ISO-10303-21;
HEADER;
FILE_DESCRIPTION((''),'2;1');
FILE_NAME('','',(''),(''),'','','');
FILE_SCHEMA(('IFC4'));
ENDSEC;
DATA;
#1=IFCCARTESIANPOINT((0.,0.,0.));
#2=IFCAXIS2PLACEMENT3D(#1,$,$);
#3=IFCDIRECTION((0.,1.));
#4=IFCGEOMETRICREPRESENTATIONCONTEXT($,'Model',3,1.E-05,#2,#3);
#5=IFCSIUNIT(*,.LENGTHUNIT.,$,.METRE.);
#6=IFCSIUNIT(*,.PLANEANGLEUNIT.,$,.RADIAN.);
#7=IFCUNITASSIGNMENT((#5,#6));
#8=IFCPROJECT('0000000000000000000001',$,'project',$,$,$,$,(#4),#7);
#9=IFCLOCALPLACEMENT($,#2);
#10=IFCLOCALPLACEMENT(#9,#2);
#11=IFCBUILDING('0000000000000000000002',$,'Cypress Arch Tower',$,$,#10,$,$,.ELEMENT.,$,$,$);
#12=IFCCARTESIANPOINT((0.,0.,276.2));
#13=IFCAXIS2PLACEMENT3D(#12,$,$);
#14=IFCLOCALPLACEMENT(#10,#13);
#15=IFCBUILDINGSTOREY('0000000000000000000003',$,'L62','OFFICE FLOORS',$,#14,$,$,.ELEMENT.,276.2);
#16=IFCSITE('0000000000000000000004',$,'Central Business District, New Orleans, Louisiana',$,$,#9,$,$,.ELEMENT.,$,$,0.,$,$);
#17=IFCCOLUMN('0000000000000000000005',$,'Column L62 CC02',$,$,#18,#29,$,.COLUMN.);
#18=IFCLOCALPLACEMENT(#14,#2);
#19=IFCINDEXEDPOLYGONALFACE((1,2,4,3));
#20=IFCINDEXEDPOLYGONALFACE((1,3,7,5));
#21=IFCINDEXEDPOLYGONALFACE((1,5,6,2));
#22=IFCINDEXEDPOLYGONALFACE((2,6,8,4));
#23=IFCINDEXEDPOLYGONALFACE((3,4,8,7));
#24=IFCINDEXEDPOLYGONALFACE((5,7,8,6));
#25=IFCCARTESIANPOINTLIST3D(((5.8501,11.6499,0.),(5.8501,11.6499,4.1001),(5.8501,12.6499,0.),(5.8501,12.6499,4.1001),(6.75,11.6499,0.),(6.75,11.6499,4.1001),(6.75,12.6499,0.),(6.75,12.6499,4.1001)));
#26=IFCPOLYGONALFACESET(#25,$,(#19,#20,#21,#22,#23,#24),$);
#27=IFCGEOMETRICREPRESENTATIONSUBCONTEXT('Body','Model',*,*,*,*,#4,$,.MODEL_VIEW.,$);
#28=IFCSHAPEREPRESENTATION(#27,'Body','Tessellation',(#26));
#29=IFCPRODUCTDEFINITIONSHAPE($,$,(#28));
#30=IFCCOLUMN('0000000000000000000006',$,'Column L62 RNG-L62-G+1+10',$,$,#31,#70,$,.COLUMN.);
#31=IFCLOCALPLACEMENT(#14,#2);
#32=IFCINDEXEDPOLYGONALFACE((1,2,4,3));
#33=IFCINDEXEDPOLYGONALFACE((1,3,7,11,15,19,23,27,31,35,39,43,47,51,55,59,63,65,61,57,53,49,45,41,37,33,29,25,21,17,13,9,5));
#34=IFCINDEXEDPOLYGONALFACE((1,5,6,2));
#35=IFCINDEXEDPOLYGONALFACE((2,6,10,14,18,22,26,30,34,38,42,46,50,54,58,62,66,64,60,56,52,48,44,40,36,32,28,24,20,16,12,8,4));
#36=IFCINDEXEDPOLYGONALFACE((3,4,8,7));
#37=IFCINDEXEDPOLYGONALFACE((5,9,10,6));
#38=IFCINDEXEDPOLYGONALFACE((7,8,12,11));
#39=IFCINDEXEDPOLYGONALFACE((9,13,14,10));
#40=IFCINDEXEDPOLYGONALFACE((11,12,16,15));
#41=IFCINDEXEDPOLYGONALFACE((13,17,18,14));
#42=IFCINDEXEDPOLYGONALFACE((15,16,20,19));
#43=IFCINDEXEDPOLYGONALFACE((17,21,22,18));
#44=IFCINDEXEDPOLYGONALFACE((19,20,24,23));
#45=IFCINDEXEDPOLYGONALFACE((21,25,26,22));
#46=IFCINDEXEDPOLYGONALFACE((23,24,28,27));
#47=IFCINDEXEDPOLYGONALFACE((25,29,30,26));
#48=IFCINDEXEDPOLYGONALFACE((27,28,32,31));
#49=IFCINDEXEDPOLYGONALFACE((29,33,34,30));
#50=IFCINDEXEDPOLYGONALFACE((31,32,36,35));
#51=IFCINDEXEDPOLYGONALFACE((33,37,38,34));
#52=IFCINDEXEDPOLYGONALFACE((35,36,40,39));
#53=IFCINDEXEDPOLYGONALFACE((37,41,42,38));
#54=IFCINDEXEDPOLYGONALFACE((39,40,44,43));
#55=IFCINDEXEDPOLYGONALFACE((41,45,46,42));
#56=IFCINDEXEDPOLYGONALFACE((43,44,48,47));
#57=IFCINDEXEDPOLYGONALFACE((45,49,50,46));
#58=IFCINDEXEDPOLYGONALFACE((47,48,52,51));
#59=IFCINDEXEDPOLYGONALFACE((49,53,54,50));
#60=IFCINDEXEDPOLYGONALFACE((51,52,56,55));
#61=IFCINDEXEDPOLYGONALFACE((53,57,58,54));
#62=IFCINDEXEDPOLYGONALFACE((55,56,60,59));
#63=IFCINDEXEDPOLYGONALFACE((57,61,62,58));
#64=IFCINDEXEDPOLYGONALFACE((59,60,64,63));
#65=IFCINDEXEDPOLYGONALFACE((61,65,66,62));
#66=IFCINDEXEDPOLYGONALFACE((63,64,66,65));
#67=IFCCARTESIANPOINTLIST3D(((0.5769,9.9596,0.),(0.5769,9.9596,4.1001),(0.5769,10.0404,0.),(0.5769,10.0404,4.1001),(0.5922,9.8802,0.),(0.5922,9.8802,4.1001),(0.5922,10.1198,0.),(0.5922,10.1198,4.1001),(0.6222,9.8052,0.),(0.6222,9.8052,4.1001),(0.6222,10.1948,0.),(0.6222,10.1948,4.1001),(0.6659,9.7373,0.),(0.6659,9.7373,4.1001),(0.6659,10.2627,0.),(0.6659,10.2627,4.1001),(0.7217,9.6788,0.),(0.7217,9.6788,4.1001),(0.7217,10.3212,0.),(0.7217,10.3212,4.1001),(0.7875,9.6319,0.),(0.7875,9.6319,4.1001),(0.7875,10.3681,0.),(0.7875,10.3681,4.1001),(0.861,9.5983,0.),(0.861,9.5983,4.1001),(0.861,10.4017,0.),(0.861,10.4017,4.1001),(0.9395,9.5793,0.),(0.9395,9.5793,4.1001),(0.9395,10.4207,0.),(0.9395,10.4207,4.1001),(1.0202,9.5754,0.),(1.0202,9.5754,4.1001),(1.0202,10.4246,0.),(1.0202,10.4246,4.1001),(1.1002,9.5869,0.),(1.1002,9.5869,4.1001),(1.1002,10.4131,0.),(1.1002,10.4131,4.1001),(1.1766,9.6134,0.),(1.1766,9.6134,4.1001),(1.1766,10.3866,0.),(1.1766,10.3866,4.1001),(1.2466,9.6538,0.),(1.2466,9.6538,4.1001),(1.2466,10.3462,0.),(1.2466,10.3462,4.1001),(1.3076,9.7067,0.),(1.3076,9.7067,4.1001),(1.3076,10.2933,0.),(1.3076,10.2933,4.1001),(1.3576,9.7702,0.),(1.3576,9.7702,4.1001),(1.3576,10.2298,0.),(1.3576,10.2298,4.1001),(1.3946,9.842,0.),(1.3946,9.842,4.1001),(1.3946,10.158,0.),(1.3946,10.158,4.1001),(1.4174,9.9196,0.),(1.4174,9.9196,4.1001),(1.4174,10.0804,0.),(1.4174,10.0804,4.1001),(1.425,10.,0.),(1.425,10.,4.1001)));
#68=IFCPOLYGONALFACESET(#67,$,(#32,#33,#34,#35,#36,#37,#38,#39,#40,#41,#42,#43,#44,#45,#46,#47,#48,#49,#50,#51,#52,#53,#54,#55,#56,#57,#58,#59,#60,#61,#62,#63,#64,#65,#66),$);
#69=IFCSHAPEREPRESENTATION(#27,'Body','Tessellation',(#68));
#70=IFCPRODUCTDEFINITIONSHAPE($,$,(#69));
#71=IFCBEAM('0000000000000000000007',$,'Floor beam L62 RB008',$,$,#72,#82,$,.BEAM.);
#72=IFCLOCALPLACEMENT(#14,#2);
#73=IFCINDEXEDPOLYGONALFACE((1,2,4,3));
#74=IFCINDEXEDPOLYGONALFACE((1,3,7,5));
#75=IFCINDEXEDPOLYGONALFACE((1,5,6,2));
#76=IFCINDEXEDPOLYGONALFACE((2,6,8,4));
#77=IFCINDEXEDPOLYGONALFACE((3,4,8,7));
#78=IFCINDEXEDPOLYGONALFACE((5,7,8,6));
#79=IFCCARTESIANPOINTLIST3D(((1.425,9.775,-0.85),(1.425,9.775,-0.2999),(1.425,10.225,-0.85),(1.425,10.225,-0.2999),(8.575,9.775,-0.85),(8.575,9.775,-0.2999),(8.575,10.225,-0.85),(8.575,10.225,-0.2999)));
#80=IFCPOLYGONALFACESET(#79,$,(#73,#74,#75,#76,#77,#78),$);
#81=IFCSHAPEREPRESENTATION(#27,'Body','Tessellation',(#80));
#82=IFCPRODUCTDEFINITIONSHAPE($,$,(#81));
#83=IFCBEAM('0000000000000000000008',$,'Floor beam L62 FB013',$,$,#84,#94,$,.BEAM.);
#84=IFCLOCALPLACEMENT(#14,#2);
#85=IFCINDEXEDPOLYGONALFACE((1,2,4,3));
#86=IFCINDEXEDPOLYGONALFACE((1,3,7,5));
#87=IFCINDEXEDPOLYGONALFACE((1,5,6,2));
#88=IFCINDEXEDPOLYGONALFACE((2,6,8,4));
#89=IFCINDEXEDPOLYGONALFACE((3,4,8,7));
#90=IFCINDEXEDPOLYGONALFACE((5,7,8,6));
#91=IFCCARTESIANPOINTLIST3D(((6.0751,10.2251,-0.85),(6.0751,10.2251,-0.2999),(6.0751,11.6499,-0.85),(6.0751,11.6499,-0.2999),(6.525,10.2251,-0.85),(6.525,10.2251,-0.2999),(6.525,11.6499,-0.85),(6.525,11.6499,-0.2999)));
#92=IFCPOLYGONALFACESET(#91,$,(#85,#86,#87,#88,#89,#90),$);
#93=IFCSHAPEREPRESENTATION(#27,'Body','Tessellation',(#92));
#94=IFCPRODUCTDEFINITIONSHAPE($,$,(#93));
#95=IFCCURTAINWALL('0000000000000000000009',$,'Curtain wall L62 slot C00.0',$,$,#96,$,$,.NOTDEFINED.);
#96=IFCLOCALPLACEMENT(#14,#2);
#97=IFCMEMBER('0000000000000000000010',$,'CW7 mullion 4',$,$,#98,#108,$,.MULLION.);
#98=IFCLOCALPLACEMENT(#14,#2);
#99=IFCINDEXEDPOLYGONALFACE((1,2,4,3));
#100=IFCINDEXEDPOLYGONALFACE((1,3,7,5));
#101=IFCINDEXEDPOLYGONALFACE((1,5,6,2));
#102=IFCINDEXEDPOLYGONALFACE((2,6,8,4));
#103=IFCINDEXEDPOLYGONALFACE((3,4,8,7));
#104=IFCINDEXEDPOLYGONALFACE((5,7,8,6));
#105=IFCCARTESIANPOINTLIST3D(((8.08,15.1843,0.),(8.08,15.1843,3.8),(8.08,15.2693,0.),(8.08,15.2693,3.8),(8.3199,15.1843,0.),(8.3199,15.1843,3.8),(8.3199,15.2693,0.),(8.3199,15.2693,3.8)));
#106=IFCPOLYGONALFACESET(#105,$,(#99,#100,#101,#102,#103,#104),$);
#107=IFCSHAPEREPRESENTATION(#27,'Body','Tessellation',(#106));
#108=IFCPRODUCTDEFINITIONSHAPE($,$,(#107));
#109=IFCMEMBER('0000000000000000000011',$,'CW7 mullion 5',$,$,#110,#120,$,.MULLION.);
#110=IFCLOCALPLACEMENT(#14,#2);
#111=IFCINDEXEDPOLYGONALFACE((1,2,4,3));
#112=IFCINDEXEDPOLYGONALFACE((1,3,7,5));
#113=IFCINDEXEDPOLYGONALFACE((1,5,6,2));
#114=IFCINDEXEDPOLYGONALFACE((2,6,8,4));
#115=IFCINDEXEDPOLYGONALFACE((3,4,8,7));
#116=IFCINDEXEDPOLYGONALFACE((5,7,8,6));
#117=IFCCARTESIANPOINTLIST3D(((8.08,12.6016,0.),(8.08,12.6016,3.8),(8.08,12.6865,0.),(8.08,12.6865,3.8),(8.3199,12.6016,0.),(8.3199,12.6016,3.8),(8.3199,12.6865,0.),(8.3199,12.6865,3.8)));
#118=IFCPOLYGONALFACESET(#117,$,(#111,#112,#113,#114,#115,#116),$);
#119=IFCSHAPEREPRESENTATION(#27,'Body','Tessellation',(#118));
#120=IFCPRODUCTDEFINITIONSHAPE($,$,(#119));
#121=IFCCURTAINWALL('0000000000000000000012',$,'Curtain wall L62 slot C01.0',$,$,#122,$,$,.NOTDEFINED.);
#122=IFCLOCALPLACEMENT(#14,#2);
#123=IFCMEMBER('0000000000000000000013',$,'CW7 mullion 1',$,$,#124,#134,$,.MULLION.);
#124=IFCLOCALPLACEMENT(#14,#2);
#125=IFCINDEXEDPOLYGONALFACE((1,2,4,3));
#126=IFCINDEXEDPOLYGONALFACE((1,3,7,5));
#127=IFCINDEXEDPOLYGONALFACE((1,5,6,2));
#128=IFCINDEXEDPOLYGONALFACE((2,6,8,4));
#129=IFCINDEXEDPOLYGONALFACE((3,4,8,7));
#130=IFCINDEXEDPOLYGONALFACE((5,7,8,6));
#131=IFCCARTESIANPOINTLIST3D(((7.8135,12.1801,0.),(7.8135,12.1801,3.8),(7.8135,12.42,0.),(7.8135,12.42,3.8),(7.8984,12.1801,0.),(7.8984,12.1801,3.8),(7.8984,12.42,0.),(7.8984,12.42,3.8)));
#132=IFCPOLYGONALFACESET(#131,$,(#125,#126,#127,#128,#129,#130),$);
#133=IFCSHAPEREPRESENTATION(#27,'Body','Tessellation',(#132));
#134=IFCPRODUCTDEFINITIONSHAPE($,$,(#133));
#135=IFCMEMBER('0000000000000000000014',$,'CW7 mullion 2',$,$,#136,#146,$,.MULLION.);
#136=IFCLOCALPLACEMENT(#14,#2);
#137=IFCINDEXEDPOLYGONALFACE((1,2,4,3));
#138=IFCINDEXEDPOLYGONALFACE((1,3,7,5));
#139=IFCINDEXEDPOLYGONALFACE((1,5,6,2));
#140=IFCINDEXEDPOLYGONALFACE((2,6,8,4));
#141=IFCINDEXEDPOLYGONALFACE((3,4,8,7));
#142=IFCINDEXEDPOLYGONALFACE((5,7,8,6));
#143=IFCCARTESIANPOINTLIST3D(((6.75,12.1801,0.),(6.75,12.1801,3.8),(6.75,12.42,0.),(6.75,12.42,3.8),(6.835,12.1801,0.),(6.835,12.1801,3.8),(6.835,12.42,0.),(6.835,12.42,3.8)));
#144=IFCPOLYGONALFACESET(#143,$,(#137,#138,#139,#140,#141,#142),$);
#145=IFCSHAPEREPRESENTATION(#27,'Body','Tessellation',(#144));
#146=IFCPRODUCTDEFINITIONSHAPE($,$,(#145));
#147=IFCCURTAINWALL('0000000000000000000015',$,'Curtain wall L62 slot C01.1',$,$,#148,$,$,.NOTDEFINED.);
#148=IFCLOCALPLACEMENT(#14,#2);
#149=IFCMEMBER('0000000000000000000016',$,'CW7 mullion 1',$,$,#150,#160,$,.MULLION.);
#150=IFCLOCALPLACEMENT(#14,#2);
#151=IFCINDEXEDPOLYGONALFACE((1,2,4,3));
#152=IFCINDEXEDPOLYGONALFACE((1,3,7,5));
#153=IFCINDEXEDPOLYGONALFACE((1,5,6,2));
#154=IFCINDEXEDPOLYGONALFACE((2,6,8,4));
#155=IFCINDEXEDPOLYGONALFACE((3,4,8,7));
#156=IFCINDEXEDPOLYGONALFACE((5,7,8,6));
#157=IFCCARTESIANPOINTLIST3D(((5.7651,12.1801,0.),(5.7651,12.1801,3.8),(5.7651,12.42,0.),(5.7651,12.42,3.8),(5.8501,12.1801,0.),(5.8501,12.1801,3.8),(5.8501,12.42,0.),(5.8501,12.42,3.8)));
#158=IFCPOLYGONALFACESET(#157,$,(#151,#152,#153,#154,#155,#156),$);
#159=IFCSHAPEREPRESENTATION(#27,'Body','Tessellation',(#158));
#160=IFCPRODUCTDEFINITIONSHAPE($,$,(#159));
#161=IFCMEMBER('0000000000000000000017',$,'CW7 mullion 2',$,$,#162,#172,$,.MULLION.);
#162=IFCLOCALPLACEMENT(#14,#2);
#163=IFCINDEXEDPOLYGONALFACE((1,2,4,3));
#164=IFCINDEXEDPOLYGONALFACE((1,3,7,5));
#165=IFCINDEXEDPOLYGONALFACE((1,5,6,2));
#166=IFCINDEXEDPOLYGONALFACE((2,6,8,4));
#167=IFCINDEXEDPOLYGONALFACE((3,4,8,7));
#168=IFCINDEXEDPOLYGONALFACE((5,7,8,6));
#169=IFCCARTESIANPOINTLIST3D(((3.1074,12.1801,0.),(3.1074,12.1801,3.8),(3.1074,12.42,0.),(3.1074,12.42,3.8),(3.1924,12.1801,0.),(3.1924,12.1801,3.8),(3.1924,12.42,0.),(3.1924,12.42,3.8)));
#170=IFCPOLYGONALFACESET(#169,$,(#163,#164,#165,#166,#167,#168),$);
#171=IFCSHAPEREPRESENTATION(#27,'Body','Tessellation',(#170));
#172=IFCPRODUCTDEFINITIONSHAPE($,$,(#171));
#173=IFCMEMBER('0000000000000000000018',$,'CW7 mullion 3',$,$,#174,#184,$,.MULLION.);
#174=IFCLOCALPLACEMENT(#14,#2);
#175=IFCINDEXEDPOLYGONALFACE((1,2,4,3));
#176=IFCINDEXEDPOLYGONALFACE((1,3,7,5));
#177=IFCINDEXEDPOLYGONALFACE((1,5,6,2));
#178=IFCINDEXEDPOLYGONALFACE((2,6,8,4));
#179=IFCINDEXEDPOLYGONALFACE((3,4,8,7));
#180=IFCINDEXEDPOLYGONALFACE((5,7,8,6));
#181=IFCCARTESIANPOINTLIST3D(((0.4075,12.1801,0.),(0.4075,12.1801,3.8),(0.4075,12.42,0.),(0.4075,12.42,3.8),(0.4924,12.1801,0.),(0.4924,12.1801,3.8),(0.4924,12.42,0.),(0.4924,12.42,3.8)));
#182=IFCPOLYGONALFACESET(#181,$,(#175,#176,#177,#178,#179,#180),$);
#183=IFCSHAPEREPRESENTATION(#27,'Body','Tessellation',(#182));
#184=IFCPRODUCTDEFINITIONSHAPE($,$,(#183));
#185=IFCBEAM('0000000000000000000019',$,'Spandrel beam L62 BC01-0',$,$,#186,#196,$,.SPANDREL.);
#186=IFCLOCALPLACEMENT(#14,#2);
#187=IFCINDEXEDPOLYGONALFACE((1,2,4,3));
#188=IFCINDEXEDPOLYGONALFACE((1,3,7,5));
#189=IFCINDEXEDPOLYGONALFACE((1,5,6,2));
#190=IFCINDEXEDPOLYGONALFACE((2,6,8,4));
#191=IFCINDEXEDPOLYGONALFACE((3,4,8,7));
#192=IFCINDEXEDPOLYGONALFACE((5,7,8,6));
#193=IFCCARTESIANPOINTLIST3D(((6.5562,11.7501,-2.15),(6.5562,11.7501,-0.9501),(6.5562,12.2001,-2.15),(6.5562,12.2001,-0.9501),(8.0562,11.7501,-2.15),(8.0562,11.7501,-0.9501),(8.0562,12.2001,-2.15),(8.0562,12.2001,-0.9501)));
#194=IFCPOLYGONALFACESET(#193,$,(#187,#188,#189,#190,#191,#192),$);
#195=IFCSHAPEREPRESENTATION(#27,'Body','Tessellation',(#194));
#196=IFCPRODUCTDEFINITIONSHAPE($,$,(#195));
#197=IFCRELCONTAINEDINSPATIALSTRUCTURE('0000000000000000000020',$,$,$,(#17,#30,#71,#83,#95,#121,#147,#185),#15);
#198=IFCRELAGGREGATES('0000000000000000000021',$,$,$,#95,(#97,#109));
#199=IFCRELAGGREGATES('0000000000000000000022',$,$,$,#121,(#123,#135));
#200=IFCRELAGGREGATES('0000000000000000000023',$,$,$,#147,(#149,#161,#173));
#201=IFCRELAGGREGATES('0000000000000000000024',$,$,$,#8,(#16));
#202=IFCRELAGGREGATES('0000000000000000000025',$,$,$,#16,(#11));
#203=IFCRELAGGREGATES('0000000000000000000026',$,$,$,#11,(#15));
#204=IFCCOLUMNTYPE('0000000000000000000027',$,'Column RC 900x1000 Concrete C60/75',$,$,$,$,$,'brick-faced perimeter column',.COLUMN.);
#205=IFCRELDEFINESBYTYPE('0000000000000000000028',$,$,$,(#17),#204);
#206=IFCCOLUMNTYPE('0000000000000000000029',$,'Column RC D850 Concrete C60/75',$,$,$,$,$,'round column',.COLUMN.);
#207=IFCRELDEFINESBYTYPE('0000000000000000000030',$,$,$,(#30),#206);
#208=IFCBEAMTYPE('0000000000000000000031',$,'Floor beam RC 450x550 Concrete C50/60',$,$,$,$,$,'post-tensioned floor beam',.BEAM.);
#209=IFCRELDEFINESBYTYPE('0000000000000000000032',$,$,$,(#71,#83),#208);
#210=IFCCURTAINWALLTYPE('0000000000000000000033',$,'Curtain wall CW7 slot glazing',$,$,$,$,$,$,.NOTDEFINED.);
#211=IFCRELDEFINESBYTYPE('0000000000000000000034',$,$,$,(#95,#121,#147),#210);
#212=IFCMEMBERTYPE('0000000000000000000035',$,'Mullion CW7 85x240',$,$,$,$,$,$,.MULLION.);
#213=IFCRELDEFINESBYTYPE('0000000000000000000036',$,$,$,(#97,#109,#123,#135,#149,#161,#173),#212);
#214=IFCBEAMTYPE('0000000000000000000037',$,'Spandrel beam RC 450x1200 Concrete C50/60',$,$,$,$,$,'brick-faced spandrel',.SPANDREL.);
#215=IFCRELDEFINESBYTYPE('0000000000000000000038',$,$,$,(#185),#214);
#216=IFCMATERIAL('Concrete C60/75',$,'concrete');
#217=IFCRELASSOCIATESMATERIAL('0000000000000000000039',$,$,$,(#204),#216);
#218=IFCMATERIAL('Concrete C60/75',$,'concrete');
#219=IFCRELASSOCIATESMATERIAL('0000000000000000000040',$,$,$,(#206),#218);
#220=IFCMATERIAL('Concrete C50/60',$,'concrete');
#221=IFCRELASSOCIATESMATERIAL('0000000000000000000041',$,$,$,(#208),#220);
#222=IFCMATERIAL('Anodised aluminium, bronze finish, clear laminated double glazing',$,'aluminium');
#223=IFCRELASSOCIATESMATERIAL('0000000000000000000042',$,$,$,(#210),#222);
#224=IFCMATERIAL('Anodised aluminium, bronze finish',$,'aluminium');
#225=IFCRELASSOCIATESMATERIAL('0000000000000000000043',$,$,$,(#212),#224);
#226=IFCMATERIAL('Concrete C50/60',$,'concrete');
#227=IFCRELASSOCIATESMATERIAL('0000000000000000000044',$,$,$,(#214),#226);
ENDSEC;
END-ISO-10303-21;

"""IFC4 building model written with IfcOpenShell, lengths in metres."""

from ifc_helpers import new_model, si_unit, direction, frame, origin, origin_2d, place, context, subcontext, project, spatial, rectangle, circle, extrude, material, material_profile, profile_set, type_object, element, aggregate, save


model = new_model("IFC4")

# Units and contexts
model_context = context("Model", 3, precision=1e-05, world=origin(), true_north=direction((0.0, 1.0)))
body_context = subcontext(model_context, "Body", "Model", "MODEL_VIEW")
ifc_project = project(units=[si_unit("LENGTHUNIT", "METRE"), si_unit("PLANEANGLEUNIT", "RADIAN")], contexts=[model_context])

# Site, building, storey
site_placement = place(None, origin())
site = spatial("IfcSite", under=ifc_project, at=site_placement, Name="Central Business District, New Orleans, Louisiana", CompositionType="ELEMENT", RefElevation=0.0)
building_placement = place(site_placement, origin())
building = spatial("IfcBuilding", under=site, at=building_placement, Name="Cypress Arch Tower", CompositionType="ELEMENT")
storey_placement = place(building_placement, frame((0.0, 0.0, 276.2)))
storey = spatial("IfcBuildingStorey", under=building, at=storey_placement, Name="L62", Description="OFFICE FLOORS", CompositionType="ELEMENT", Elevation=276.2)

# Columns
ifc_material_1 = material(Name="Concrete C60/75", Category="concrete")
ifc_material_profile_1 = material_profile(ifc_material_1, rectangle(XDim=0.8999, YDim=1.0, at=origin_2d()), Name="RC 900x1000")
ifc_profile_set_1 = profile_set([ifc_material_profile_1], Name="Concrete C60/75")
column_type_1 = type_object("IfcColumnType", Name="Column RC 900x1000 Concrete C60/75", ElementType="brick-faced perimeter column", PredefinedType="COLUMN", material=ifc_profile_set_1)
column_1_placement = place(storey_placement, frame((6.3, 12.1499, 0.0), z_axis=(0.0, 0.0, 1.0), x_axis=(-1.0, 0.0, 0.0)))
element("IfcColumn", 1, at=column_1_placement, inside=storey, type_object=column_type_1, Name="Column L62 CC02", PredefinedType="COLUMN", context=body_context, shape_type="SweptSolid", body=[
    extrude(rectangle(XDim=0.8999, YDim=1.0, at=origin_2d()), origin(), (0.0, 0.0, 1.0), 4.1001),
])
ifc_material_2 = material(Name="Concrete C60/75", Category="concrete")
ifc_material_profile_2 = material_profile(ifc_material_2, circle(Radius=0.425, at=origin_2d()), Name="RC D850")
ifc_profile_set_2 = profile_set([ifc_material_profile_2], Name="Concrete C60/75")
column_type_2 = type_object("IfcColumnType", Name="Column RC D850 Concrete C60/75", ElementType="round column", PredefinedType="COLUMN", material=ifc_profile_set_2)
column_2_placement = place(storey_placement, frame((1.0, 10.0, 0.0), z_axis=(0.0, 0.0, 1.0), x_axis=(1.0, 0.0, 0.0)))
element("IfcColumn", 2, at=column_2_placement, inside=storey, type_object=column_type_2, Name="Column L62 RNG-L62-G+1+10", PredefinedType="COLUMN", context=body_context, shape_type="SweptSolid", body=[
    extrude(circle(Radius=0.425, at=origin_2d()), origin(), (0.0, 0.0, 1.0), 4.1001),
])

# Beams
ifc_material_3 = material(Name="Concrete C50/60", Category="concrete")
ifc_material_profile_3 = material_profile(ifc_material_3, rectangle(XDim=0.45, YDim=0.55, at=origin_2d()), Name="RC 450x550")
ifc_profile_set_3 = profile_set([ifc_material_profile_3], Name="Concrete C50/60")
beam_type_1 = type_object("IfcBeamType", Name="Floor beam RC 450x550 Concrete C50/60", ElementType="post-tensioned floor beam", PredefinedType="BEAM", material=ifc_profile_set_3)
beam_1_placement = place(storey_placement, frame((1.425, 10.0, -0.575), z_axis=(1.0, 0.0, 0.0), x_axis=(0.0, 1.0, 0.0)))
element("IfcBeam", 3, at=beam_1_placement, inside=storey, type_object=beam_type_1, Name="Floor beam L62 RB008", PredefinedType="BEAM", context=body_context, shape_type="SweptSolid", body=[
    extrude(rectangle(XDim=0.45, YDim=0.55, at=origin_2d()), origin(), (0.0, 0.0, 1.0), 7.1499),
])
beam_2_placement = place(storey_placement, frame((6.3, 10.2251, -0.575), z_axis=(0.0, 1.0, 0.0), x_axis=(-1.0, 0.0, 0.0)))
element("IfcBeam", 4, at=beam_2_placement, inside=storey, type_object=beam_type_1, Name="Floor beam L62 FB013", PredefinedType="BEAM", context=body_context, shape_type="SweptSolid", body=[
    extrude(rectangle(XDim=0.45, YDim=0.55, at=origin_2d()), origin(), (0.0, 0.0, 1.0), 1.4248),
])

# Curtain walls, members
ifc_material_4 = material(Name="Anodised aluminium, bronze finish, clear laminated double glazing", Category="aluminium")
curtain_wall_type = type_object("IfcCurtainWallType", Name="Curtain wall CW7 slot glazing", PredefinedType="NOTDEFINED", material=ifc_material_4)
curtain_wall_1_placement = place(storey_placement, origin())
curtain_wall_1 = element("IfcCurtainWall", 5, at=curtain_wall_1_placement, inside=storey, type_object=curtain_wall_type, Name="Curtain wall L62 slot C00.0", PredefinedType="NOTDEFINED")
ifc_material_5 = material(Name="Anodised aluminium, bronze finish", Category="aluminium")
ifc_material_profile_4 = material_profile(ifc_material_5, rectangle(XDim=0.24, YDim=0.085, at=origin_2d()), Name="Mullion 85x240")
ifc_profile_set_4 = profile_set([ifc_material_profile_4], Name="Anodised aluminium, bronze finish")
member_type_1 = type_object("IfcMemberType", Name="Mullion CW7 85x240", PredefinedType="MULLION", material=ifc_profile_set_4)
member_1_placement = place(storey_placement, frame((8.2, 15.2268, 0.0), z_axis=(0.0, 0.0, 1.0), x_axis=(1.0, 0.0, 0.0)))
member_1 = element("IfcMember", 6, at=member_1_placement, type_object=member_type_1, Name="CW7 mullion 4", PredefinedType="MULLION", context=body_context, shape_type="SweptSolid", body=[
    extrude(rectangle(XDim=0.24, YDim=0.085, at=origin_2d()), origin(), (0.0, 0.0, 1.0), 3.8),
])
member_2_placement = place(storey_placement, frame((8.2, 12.644, 0.0), z_axis=(0.0, 0.0, 1.0), x_axis=(1.0, 0.0, 0.0)))
member_2 = element("IfcMember", 7, at=member_2_placement, type_object=member_type_1, Name="CW7 mullion 5", PredefinedType="MULLION", context=body_context, shape_type="SweptSolid", body=[
    extrude(rectangle(XDim=0.24, YDim=0.085, at=origin_2d()), origin(), (0.0, 0.0, 1.0), 3.8),
])
curtain_wall_2_placement = place(storey_placement, origin())
curtain_wall_2 = element("IfcCurtainWall", 8, at=curtain_wall_2_placement, inside=storey, type_object=curtain_wall_type, Name="Curtain wall L62 slot C01.0", PredefinedType="NOTDEFINED")
member_3_placement = place(storey_placement, frame((7.856, 12.3, 0.0), z_axis=(0.0, 0.0, 1.0), x_axis=(0.0, -1.0, 0.0)))
member_3 = element("IfcMember", 9, at=member_3_placement, type_object=member_type_1, Name="CW7 mullion 1", PredefinedType="MULLION", context=body_context, shape_type="SweptSolid", body=[
    extrude(rectangle(XDim=0.24, YDim=0.085, at=origin_2d()), origin(), (0.0, 0.0, 1.0), 3.8),
])
member_4_placement = place(storey_placement, frame((6.7925, 12.3, 0.0), z_axis=(0.0, 0.0, 1.0), x_axis=(0.0, -1.0, 0.0)))
member_4 = element("IfcMember", 10, at=member_4_placement, type_object=member_type_1, Name="CW7 mullion 2", PredefinedType="MULLION", context=body_context, shape_type="SweptSolid", body=[
    extrude(rectangle(XDim=0.24, YDim=0.085, at=origin_2d()), origin(), (0.0, 0.0, 1.0), 3.8),
])
curtain_wall_3_placement = place(storey_placement, origin())
curtain_wall_3 = element("IfcCurtainWall", 11, at=curtain_wall_3_placement, inside=storey, type_object=curtain_wall_type, Name="Curtain wall L62 slot C01.1", PredefinedType="NOTDEFINED")
member_5_placement = place(storey_placement, frame((5.8076, 12.3, 0.0), z_axis=(0.0, 0.0, 1.0), x_axis=(0.0, -1.0, 0.0)))
member_5 = element("IfcMember", 12, at=member_5_placement, type_object=member_type_1, Name="CW7 mullion 1", PredefinedType="MULLION", context=body_context, shape_type="SweptSolid", body=[
    extrude(rectangle(XDim=0.24, YDim=0.085, at=origin_2d()), origin(), (0.0, 0.0, 1.0), 3.8),
])
member_6_placement = place(storey_placement, frame((3.1499, 12.3, 0.0), z_axis=(0.0, 0.0, 1.0), x_axis=(0.0, -1.0, 0.0)))
member_6 = element("IfcMember", 13, at=member_6_placement, type_object=member_type_1, Name="CW7 mullion 2", PredefinedType="MULLION", context=body_context, shape_type="SweptSolid", body=[
    extrude(rectangle(XDim=0.24, YDim=0.085, at=origin_2d()), origin(), (0.0, 0.0, 1.0), 3.8),
])
member_7_placement = place(storey_placement, frame((0.45, 12.3, 0.0), z_axis=(0.0, 0.0, 1.0), x_axis=(0.0, -1.0, 0.0)))
member_7 = element("IfcMember", 14, at=member_7_placement, type_object=member_type_1, Name="CW7 mullion 3", PredefinedType="MULLION", context=body_context, shape_type="SweptSolid", body=[
    extrude(rectangle(XDim=0.24, YDim=0.085, at=origin_2d()), origin(), (0.0, 0.0, 1.0), 3.8),
])

# Beam
ifc_material_6 = material(Name="Concrete C50/60", Category="concrete")
ifc_material_profile_5 = material_profile(ifc_material_6, rectangle(XDim=0.45, YDim=1.2, at=origin_2d()), Name="RC 450x1200")
ifc_profile_set_5 = profile_set([ifc_material_profile_5], Name="Concrete C50/60")
beam_type_2 = type_object("IfcBeamType", Name="Spandrel beam RC 450x1200 Concrete C50/60", ElementType="brick-faced spandrel", PredefinedType="SPANDREL", material=ifc_profile_set_5)
beam_3_placement = place(storey_placement, frame((8.0562, 11.9751, -1.55), z_axis=(-1.0, 0.0, 0.0), x_axis=(0.0, -1.0, 0.0)))
element("IfcBeam", 15, at=beam_3_placement, inside=storey, type_object=beam_type_2, Name="Spandrel beam L62 BC01-0", PredefinedType="SPANDREL", context=body_context, shape_type="SweptSolid", body=[
    extrude(rectangle(XDim=0.45, YDim=1.2, at=origin_2d()), origin(), (0.0, 0.0, 1.0), 1.5),
])

aggregate(curtain_wall_1, [member_1, member_2])
aggregate(curtain_wall_2, [member_3, member_4])
aggregate(curtain_wall_3, [member_5, member_6, member_7])

save(model, "model.ifc")
